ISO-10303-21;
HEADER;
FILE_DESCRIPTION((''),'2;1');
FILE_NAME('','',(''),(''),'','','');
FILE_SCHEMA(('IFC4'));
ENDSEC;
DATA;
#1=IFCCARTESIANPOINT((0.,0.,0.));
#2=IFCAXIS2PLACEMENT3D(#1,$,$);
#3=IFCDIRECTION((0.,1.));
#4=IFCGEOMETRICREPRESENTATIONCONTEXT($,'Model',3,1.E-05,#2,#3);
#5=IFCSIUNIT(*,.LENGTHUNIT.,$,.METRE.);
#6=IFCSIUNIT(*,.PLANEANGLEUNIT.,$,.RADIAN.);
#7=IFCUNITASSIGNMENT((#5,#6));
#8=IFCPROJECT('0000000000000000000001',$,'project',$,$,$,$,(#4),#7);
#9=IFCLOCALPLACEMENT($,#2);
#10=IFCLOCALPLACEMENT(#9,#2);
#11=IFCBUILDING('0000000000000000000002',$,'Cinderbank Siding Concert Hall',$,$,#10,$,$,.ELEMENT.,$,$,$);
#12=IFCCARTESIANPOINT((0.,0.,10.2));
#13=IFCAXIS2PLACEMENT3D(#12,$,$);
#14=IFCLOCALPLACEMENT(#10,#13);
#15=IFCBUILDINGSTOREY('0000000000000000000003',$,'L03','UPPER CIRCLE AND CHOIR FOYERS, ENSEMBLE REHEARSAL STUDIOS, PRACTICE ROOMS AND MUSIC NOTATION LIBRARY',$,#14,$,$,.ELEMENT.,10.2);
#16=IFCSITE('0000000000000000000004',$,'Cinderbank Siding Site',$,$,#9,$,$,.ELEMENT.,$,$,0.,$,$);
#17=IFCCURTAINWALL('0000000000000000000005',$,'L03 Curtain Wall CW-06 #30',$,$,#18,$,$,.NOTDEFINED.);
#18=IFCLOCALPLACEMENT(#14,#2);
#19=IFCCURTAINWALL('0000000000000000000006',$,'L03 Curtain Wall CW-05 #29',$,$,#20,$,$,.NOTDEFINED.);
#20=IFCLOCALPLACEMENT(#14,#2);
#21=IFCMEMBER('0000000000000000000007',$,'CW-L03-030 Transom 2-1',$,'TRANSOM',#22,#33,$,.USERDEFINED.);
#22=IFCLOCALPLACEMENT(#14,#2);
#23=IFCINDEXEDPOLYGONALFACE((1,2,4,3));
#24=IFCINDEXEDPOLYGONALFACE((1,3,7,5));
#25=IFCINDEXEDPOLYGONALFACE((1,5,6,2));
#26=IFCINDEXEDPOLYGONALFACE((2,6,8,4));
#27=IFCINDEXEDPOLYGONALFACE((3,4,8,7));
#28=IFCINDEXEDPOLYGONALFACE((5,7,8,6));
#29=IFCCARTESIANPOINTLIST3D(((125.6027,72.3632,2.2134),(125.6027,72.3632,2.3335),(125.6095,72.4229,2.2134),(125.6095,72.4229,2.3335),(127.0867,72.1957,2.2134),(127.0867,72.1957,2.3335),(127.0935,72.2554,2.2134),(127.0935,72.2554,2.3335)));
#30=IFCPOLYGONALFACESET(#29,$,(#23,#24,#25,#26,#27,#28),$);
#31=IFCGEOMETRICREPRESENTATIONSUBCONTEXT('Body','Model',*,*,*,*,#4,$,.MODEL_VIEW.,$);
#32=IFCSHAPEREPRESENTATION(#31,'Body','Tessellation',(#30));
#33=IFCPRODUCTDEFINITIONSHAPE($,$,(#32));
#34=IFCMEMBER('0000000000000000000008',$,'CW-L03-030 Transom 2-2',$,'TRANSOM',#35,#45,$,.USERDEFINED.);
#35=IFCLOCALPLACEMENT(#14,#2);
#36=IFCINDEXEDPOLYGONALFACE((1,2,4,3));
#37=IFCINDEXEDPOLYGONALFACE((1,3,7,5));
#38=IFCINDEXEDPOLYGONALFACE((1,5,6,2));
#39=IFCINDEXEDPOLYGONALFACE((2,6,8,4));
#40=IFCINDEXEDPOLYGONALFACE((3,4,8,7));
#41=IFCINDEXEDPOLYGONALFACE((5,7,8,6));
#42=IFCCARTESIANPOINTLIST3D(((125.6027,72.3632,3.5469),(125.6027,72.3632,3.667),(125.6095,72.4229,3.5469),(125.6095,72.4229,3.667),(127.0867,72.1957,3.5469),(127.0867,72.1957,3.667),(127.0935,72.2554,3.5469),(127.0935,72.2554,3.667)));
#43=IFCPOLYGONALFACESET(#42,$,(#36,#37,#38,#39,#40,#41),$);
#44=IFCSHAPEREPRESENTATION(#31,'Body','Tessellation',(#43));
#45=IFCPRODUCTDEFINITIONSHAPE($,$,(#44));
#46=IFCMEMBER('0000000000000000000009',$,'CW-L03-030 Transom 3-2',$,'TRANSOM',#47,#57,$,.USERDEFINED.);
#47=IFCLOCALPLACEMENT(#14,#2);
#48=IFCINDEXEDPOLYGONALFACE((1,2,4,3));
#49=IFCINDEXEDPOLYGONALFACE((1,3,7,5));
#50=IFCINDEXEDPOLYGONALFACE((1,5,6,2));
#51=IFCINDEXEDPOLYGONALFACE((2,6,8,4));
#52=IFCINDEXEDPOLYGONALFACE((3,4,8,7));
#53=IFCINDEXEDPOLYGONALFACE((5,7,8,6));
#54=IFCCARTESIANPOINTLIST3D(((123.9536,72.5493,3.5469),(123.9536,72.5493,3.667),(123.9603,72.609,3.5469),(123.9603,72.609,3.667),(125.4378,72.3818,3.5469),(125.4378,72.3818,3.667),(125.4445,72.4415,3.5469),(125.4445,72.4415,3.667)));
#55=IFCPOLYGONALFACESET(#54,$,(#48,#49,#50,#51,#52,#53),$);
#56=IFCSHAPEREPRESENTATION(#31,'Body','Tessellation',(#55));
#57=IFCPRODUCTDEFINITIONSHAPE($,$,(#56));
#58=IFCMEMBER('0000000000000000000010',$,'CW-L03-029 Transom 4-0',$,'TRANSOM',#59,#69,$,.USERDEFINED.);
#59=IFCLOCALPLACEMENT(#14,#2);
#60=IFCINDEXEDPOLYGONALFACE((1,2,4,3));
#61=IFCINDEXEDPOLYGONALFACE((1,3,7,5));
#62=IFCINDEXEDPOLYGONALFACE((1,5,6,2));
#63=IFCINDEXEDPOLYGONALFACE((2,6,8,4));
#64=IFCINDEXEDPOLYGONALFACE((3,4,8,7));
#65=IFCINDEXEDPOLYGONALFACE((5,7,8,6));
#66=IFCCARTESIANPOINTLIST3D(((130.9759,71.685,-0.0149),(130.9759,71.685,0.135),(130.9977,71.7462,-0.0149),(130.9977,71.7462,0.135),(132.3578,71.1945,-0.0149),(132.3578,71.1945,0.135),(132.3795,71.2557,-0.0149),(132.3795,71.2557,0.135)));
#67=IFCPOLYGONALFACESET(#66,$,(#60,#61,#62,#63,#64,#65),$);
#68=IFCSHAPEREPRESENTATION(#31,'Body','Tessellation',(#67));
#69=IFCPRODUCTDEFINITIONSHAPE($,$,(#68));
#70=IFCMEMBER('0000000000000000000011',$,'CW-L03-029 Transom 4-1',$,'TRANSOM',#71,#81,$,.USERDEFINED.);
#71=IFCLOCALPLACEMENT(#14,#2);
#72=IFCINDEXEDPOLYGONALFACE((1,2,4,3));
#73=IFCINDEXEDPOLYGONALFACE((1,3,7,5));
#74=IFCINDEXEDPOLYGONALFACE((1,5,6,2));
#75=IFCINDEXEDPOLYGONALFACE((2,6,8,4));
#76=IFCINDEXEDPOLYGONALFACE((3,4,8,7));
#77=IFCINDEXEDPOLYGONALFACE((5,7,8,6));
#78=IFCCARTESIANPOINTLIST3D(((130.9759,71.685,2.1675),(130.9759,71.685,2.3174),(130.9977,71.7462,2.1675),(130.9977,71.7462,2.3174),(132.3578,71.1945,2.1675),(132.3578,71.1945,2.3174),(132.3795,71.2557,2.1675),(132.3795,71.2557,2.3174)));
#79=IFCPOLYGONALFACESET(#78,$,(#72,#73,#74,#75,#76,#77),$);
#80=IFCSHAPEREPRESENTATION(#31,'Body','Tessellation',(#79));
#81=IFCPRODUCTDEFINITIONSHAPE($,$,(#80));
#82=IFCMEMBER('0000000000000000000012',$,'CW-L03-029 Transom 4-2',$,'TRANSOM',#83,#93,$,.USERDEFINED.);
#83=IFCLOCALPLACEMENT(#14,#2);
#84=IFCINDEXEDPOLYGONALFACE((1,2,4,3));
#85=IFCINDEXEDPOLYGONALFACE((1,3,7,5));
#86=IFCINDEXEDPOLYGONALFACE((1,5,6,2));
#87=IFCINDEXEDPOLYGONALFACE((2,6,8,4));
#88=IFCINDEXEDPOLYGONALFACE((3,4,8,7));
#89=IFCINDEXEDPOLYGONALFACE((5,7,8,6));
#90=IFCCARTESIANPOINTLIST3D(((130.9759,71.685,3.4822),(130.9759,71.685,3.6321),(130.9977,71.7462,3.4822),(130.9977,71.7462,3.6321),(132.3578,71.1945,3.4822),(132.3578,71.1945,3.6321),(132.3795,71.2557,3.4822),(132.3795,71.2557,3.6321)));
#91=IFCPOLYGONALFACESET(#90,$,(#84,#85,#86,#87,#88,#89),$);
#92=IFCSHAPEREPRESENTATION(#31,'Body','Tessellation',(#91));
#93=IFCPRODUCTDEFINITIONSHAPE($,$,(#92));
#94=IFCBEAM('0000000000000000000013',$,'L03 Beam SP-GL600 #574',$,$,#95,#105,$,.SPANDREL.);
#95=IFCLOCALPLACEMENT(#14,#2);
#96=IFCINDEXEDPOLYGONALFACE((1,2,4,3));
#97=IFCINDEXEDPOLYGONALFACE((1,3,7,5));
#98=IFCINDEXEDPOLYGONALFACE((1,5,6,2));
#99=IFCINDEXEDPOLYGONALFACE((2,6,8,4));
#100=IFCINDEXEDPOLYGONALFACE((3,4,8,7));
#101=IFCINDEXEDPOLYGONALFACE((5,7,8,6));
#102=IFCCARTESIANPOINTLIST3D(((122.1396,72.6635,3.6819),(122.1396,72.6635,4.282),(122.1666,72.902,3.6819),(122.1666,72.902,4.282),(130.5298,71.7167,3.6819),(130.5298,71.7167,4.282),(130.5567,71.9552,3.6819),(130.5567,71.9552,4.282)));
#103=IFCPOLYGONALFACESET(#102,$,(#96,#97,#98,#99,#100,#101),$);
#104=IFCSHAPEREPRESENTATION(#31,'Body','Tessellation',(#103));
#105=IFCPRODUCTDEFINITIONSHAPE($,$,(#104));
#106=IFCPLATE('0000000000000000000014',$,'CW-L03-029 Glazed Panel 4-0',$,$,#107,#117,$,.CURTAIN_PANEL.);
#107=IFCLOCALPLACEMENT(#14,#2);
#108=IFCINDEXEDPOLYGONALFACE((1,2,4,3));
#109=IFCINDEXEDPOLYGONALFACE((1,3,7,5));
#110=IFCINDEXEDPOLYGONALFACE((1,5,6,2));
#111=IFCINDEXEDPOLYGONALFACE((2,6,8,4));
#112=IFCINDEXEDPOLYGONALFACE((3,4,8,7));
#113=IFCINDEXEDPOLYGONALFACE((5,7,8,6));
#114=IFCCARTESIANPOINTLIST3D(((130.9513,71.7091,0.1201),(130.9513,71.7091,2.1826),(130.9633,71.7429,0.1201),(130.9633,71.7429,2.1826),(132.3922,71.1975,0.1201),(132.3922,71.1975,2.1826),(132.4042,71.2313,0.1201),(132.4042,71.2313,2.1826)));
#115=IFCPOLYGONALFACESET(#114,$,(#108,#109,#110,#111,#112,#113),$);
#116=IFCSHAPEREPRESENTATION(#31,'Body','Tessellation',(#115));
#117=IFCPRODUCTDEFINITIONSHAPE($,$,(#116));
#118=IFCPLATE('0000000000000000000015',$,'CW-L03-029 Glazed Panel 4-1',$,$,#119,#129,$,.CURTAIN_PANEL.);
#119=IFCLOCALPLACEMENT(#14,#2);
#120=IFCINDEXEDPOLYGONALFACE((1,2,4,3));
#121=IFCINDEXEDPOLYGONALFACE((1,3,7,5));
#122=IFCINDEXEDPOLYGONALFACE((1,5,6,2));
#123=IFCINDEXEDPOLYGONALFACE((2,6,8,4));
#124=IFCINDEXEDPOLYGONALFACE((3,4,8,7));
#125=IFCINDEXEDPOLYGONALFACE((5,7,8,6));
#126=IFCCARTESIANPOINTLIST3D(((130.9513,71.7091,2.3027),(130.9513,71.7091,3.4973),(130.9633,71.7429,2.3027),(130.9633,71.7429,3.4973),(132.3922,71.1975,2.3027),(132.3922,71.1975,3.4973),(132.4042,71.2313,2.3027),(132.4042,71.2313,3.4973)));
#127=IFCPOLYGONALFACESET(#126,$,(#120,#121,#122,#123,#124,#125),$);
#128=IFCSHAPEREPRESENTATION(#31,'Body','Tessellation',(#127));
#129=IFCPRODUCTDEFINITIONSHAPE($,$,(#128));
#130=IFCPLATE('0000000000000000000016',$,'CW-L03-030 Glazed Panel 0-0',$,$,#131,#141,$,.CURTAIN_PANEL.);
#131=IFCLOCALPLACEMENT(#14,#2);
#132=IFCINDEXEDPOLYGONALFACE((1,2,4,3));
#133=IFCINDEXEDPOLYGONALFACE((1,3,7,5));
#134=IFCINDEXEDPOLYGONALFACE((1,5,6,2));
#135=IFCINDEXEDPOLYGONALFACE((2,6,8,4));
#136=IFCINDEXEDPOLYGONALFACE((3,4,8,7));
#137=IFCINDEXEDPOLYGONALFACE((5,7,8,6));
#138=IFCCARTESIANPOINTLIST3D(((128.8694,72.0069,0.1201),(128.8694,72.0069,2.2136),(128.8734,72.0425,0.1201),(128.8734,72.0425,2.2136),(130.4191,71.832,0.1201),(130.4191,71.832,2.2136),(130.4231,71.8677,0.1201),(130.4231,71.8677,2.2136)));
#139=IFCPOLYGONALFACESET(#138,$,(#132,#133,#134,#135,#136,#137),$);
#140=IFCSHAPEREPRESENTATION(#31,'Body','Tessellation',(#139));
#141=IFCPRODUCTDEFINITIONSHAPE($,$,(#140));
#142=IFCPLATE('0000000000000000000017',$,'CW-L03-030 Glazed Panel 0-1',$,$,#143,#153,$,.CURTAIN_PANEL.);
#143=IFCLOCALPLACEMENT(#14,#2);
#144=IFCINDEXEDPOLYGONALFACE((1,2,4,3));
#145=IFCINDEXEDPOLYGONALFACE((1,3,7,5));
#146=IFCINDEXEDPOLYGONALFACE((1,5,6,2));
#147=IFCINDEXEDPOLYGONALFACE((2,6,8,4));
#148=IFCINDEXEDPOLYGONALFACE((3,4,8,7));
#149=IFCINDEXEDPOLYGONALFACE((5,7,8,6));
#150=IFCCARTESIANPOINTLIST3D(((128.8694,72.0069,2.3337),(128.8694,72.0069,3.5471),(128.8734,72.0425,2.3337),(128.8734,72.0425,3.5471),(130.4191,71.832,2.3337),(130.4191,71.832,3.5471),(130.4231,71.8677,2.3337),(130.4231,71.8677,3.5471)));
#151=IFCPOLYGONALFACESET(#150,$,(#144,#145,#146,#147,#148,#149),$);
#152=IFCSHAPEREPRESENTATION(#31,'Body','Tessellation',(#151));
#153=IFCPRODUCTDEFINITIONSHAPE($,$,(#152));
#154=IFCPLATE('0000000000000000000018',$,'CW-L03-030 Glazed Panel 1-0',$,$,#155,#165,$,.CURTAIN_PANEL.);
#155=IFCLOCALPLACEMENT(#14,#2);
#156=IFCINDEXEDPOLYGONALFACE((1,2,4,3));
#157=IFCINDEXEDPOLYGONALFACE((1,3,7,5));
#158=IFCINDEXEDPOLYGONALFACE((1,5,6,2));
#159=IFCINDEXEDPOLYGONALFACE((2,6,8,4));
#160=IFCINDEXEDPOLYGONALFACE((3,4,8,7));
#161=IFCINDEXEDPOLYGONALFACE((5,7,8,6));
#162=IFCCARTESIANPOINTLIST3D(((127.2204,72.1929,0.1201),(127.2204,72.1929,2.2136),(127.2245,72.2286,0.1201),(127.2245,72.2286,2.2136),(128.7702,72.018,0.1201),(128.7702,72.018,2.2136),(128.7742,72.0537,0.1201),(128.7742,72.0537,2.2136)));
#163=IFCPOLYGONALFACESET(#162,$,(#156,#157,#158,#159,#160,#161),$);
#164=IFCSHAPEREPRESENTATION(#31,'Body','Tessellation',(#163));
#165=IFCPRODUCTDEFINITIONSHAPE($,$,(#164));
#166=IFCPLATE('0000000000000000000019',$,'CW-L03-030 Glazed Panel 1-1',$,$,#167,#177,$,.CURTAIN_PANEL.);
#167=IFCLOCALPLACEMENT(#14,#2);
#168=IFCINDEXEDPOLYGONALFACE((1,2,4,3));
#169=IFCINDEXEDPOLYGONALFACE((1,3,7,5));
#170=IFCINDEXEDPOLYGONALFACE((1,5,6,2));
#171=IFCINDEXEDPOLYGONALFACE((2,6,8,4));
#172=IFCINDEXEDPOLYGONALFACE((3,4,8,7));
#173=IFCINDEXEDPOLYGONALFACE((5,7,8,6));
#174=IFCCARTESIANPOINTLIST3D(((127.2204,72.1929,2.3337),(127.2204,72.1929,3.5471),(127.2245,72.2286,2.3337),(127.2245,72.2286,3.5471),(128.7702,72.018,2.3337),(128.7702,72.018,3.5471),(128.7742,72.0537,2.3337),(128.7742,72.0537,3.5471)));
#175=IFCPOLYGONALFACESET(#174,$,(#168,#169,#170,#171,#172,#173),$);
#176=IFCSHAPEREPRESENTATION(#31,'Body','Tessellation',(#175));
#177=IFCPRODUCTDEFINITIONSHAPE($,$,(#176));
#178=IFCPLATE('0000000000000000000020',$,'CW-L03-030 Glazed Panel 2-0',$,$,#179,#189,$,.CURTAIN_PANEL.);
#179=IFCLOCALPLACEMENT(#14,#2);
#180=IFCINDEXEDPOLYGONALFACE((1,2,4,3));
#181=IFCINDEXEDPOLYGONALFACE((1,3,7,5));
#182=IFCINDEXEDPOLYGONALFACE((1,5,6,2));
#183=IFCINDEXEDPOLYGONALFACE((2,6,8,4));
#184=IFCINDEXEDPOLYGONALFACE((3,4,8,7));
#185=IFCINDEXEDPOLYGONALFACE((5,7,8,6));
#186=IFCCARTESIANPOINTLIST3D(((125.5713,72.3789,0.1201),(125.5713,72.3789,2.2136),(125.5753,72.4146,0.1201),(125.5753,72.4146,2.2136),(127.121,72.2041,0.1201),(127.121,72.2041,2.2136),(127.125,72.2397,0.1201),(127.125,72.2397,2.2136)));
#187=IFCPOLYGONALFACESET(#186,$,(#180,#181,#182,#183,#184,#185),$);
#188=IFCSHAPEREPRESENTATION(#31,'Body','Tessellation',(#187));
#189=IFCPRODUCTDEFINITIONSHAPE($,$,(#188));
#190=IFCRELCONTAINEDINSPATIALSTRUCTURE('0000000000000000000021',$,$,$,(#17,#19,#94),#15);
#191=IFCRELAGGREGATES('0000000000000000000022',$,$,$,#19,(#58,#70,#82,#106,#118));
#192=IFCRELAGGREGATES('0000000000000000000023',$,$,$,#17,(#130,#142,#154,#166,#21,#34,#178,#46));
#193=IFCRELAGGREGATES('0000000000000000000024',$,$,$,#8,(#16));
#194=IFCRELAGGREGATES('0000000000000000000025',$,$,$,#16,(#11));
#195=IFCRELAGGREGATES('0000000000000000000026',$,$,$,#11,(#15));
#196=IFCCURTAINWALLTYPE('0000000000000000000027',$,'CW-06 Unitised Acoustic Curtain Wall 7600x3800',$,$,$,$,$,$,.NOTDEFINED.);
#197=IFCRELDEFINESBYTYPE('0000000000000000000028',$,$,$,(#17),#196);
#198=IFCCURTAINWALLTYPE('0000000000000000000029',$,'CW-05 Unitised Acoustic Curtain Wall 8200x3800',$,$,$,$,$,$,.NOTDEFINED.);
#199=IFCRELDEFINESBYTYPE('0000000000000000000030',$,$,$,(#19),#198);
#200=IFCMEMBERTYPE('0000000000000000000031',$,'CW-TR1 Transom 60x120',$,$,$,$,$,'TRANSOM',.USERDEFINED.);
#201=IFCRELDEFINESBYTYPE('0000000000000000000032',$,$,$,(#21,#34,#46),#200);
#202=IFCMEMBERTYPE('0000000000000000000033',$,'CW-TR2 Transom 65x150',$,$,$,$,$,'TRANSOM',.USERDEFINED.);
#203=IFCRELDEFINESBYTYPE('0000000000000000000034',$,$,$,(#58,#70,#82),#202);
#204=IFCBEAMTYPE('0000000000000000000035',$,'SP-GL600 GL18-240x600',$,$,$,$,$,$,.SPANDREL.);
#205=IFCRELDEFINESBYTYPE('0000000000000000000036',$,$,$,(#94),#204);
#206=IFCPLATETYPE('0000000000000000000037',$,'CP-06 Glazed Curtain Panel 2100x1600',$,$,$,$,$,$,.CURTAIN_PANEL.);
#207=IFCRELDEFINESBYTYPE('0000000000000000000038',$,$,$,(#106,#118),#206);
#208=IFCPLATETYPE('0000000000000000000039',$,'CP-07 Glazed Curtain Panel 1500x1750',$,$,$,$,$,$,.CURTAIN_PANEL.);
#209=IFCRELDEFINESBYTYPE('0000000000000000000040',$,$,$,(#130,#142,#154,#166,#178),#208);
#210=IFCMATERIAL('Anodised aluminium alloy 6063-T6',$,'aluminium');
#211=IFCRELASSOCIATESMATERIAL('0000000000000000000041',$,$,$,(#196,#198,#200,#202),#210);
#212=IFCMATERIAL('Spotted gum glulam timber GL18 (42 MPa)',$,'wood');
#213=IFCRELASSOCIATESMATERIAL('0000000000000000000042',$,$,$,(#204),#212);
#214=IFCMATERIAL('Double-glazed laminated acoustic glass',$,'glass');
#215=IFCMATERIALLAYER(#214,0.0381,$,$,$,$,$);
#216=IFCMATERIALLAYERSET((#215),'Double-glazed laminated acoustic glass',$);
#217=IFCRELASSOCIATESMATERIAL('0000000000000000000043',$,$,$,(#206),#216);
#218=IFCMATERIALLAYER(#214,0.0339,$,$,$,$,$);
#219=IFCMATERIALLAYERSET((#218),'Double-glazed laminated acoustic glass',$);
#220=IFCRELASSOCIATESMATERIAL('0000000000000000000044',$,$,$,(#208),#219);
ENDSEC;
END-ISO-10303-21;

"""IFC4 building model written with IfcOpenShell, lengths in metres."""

from ifc_helpers import new_model, si_unit, direction, frame, origin, origin_2d, place, context, subcontext, project, spatial, rectangle, extrude, material, layer, layer_set, material_profile, profile_set, type_object, element, aggregate, save


model = new_model("IFC4")

# Units and contexts
model_context = context("Model", 3, precision=1e-05, world=origin(), true_north=direction((0.0, 1.0)))
body_context = subcontext(model_context, "Body", "Model", "MODEL_VIEW")
ifc_project = project(units=[si_unit("LENGTHUNIT", "METRE"), si_unit("PLANEANGLEUNIT", "RADIAN")], contexts=[model_context])

# Site, building, storey
site_placement = place(None, origin())
site = spatial("IfcSite", under=ifc_project, at=site_placement, Name="Cinderbank Siding Site", CompositionType="ELEMENT", RefElevation=0.0)
building_placement = place(site_placement, origin())
building = spatial("IfcBuilding", under=site, at=building_placement, Name="Cinderbank Siding Concert Hall", CompositionType="ELEMENT")
storey_placement = place(building_placement, frame((0.0, 0.0, 10.2)))
storey = spatial("IfcBuildingStorey", under=building, at=storey_placement, Name="L03", Description="UPPER CIRCLE AND CHOIR FOYERS, ENSEMBLE REHEARSAL STUDIOS, PRACTICE ROOMS AND MUSIC NOTATION LIBRARY", CompositionType="ELEMENT", Elevation=10.2)

# Curtain wall
ifc_material_1 = material(Name="Anodised aluminium alloy 6063-T6", Category="aluminium")
curtain_wall_type_1 = type_object("IfcCurtainWallType", Name="CW-06 Unitised Acoustic Curtain Wall 7600x3800", PredefinedType="NOTDEFINED", material=ifc_material_1)
curtain_wall_1_placement = place(storey_placement, origin())
curtain_wall_1 = element("IfcCurtainWall", 1, at=curtain_wall_1_placement, inside=storey, type_object=curtain_wall_type_1, Name="L03 Curtain Wall CW-06 #30", PredefinedType="NOTDEFINED")

# Curtain wall
curtain_wall_type_2 = type_object("IfcCurtainWallType", Name="CW-05 Unitised Acoustic Curtain Wall 8200x3800", PredefinedType="NOTDEFINED", material=ifc_material_1)
curtain_wall_2_placement = place(storey_placement, origin())
curtain_wall_2 = element("IfcCurtainWall", 2, at=curtain_wall_2_placement, inside=storey, type_object=curtain_wall_type_2, Name="L03 Curtain Wall CW-05 #29", PredefinedType="NOTDEFINED")

# Members
ifc_material_profile_1 = material_profile(ifc_material_1, rectangle(XDim=0.0601, YDim=0.1201, at=origin_2d()), Name="ALU-TRAN-60x120", Category="LoadBearing")
ifc_profile_set_1 = profile_set([ifc_material_profile_1], Name="Anodised aluminium alloy 6063-T6")
member_type_1 = type_object("IfcMemberType", Name="CW-TR1 Transom 60x120", ElementType="TRANSOM", PredefinedType="USERDEFINED", material=ifc_profile_set_1)
member_1_placement = place(storey_placement, frame((127.0901, 72.2256, 2.2734), z_axis=(-0.993691, 0.112154, 0.0), x_axis=(-0.112154, -0.993691, 0.0)))
member_1 = element("IfcMember", 3, at=member_1_placement, type_object=member_type_1, Name="CW-L03-030 Transom 2-1", ObjectType="TRANSOM", PredefinedType="USERDEFINED", context=body_context, shape_type="SweptSolid", body=[
    extrude(rectangle(XDim=0.0601, YDim=0.1201, at=origin_2d()), origin(), (0.0, 0.0, 1.0), 1.4934),
])
member_2_placement = place(storey_placement, frame((127.0901, 72.2256, 3.6069), z_axis=(-0.993691, 0.112154, 0.0), x_axis=(-0.112154, -0.993691, 0.0)))
member_2 = element("IfcMember", 4, at=member_2_placement, type_object=member_type_1, Name="CW-L03-030 Transom 2-2", ObjectType="TRANSOM", PredefinedType="USERDEFINED", context=body_context, shape_type="SweptSolid", body=[
    extrude(rectangle(XDim=0.0601, YDim=0.1201, at=origin_2d()), origin(), (0.0, 0.0, 1.0), 1.4934),
])
member_3_placement = place(storey_placement, frame((125.4412, 72.4116, 3.6069), z_axis=(-0.993693, 0.112136, 0.0), x_axis=(-0.112136, -0.993693, 0.0)))
member_3 = element("IfcMember", 5, at=member_3_placement, type_object=member_type_1, Name="CW-L03-030 Transom 3-2", ObjectType="TRANSOM", PredefinedType="USERDEFINED", context=body_context, shape_type="SweptSolid", body=[
    extrude(rectangle(XDim=0.0601, YDim=0.1201, at=origin_2d()), origin(), (0.0, 0.0, 1.0), 1.4937),
])
ifc_material_profile_2 = material_profile(ifc_material_1, rectangle(XDim=0.0649, YDim=0.1499, at=origin_2d()), Name="ALU-TRAN-65x150", Category="LoadBearing")
ifc_profile_set_2 = profile_set([ifc_material_profile_2], Name="Anodised aluminium alloy 6063-T6")
member_type_2 = type_object("IfcMemberType", Name="CW-TR2 Transom 65x150", ElementType="TRANSOM", PredefinedType="USERDEFINED", material=ifc_profile_set_2)
member_4_placement = place(storey_placement, frame((132.3687, 71.2251, 0.0601), z_axis=(-0.942396, 0.3345, 0.0), x_axis=(-0.3345, -0.942396, 0.0)))
member_4 = element("IfcMember", 6, at=member_4_placement, type_object=member_type_2, Name="CW-L03-029 Transom 4-0", ObjectType="TRANSOM", PredefinedType="USERDEFINED", context=body_context, shape_type="SweptSolid", body=[
    extrude(rectangle(XDim=0.0649, YDim=0.1499, at=origin_2d()), origin(), (0.0, 0.0, 1.0), 1.4663),
])
member_5_placement = place(storey_placement, frame((132.3687, 71.2251, 2.2424), z_axis=(-0.942396, 0.3345, 0.0), x_axis=(-0.3345, -0.942396, 0.0)))
member_5 = element("IfcMember", 7, at=member_5_placement, type_object=member_type_2, Name="CW-L03-029 Transom 4-1", ObjectType="TRANSOM", PredefinedType="USERDEFINED", context=body_context, shape_type="SweptSolid", body=[
    extrude(rectangle(XDim=0.0649, YDim=0.1499, at=origin_2d()), origin(), (0.0, 0.0, 1.0), 1.4663),
])
member_6_placement = place(storey_placement, frame((132.3687, 71.2251, 3.5571), z_axis=(-0.942396, 0.3345, 0.0), x_axis=(-0.3345, -0.942396, 0.0)))
member_6 = element("IfcMember", 8, at=member_6_placement, type_object=member_type_2, Name="CW-L03-029 Transom 4-2", ObjectType="TRANSOM", PredefinedType="USERDEFINED", context=body_context, shape_type="SweptSolid", body=[
    extrude(rectangle(XDim=0.0649, YDim=0.1499, at=origin_2d()), origin(), (0.0, 0.0, 1.0), 1.4663),
])

# Beam
ifc_material_2 = material(Name="Spotted gum glulam timber GL18 (42 MPa)", Category="wood")
ifc_material_profile_3 = material_profile(ifc_material_2, rectangle(XDim=0.24, YDim=0.6001, at=origin_2d()), Name="GL18-240x600", Category="LoadBearing")
ifc_profile_set_3 = profile_set([ifc_material_profile_3], Name="Spotted gum glulam timber GL18 (42 MPa)")
beam_type_1 = type_object("IfcBeamType", Name="SP-GL600 GL18-240x600", PredefinedType="SPANDREL", material=ifc_profile_set_3)
beam_1_placement = place(storey_placement, frame((130.5432, 71.8359, 3.9819), z_axis=(-0.993693, 0.112132, 0.0), x_axis=(-0.112132, -0.993693, 0.0)))
element("IfcBeam", 9, at=beam_1_placement, inside=storey, type_object=beam_type_1, Name="L03 Beam SP-GL600 #574", PredefinedType="SPANDREL", context=body_context, shape_type="SweptSolid", body=[
    extrude(rectangle(XDim=0.24, YDim=0.6001, at=origin_2d()), origin(), (0.0, 0.0, 1.0), 8.4434),
])

# Plates
ifc_material_3 = material(Name="Double-glazed laminated acoustic glass", Category="glass")
ifc_layer_1 = layer(ifc_material_3, 0.0381)
ifc_layer_set_1 = layer_set([ifc_layer_1], Name="Double-glazed laminated acoustic glass")
plate_type_1 = type_object("IfcPlateType", Name="CP-06 Glazed Curtain Panel 2100x1600", PredefinedType="CURTAIN_PANEL", material=ifc_layer_set_1)
plate_1_placement = place(storey_placement, frame((131.6777, 71.4702, 0.1201), z_axis=(0.0, 0.0, 1.0), x_axis=(-0.942366, 0.334585, 0.0)))
plate_1 = element("IfcPlate", 10, at=plate_1_placement, type_object=plate_type_1, Name="CW-L03-029 Glazed Panel 4-0", PredefinedType="CURTAIN_PANEL", context=body_context, shape_type="SweptSolid", body=[
    extrude(rectangle(XDim=1.5291, YDim=0.0359, at=origin_2d()), origin(), (0.0, 0.0, 1.0), 2.0625),
])
plate_2_placement = place(storey_placement, frame((131.6777, 71.4702, 2.3027), z_axis=(0.0, 0.0, 1.0), x_axis=(-0.942366, 0.334585, 0.0)))
plate_2 = element("IfcPlate", 11, at=plate_2_placement, type_object=plate_type_1, Name="CW-L03-029 Glazed Panel 4-1", PredefinedType="CURTAIN_PANEL", context=body_context, shape_type="SweptSolid", body=[
    extrude(rectangle(XDim=1.5291, YDim=0.0359, at=origin_2d()), origin(), (0.0, 0.0, 1.0), 1.1946),
])
aggregate(curtain_wall_2, [member_4, member_5, member_6, plate_1, plate_2])
ifc_layer_2 = layer(ifc_material_3, 0.0339)
ifc_layer_set_2 = layer_set([ifc_layer_2], Name="Double-glazed laminated acoustic glass")
plate_type_2 = type_object("IfcPlateType", Name="CP-07 Glazed Curtain Panel 1500x1750", PredefinedType="CURTAIN_PANEL", material=ifc_layer_set_2)
plate_3_placement = place(storey_placement, frame((129.6462, 71.9373, 0.1201), z_axis=(0.0, 0.0, 1.0), x_axis=(-0.993694, 0.112129, 0.0)))
plate_3 = element("IfcPlate", 12, at=plate_3_placement, type_object=plate_type_2, Name="CW-L03-030 Glazed Panel 0-0", PredefinedType="CURTAIN_PANEL", context=body_context, shape_type="SweptSolid", body=[
    extrude(rectangle(XDim=1.5596, YDim=0.0359, at=origin_2d()), origin(), (0.0, 0.0, 1.0), 2.0935),
])
plate_4_placement = place(storey_placement, frame((129.6462, 71.9373, 2.3337), z_axis=(0.0, 0.0, 1.0), x_axis=(-0.993694, 0.112129, 0.0)))
plate_4 = element("IfcPlate", 13, at=plate_4_placement, type_object=plate_type_2, Name="CW-L03-030 Glazed Panel 0-1", PredefinedType="CURTAIN_PANEL", context=body_context, shape_type="SweptSolid", body=[
    extrude(rectangle(XDim=1.5596, YDim=0.0359, at=origin_2d()), origin(), (0.0, 0.0, 1.0), 1.2134),
])
plate_5_placement = place(storey_placement, frame((127.9973, 72.1233, 0.1201), z_axis=(0.0, 0.0, 1.0), x_axis=(-0.993694, 0.112129, 0.0)))
plate_5 = element("IfcPlate", 14, at=plate_5_placement, type_object=plate_type_2, Name="CW-L03-030 Glazed Panel 1-0", PredefinedType="CURTAIN_PANEL", context=body_context, shape_type="SweptSolid", body=[
    extrude(rectangle(XDim=1.5596, YDim=0.0359, at=origin_2d()), origin(), (0.0, 0.0, 1.0), 2.0935),
])
plate_6_placement = place(storey_placement, frame((127.9973, 72.1233, 2.3337), z_axis=(0.0, 0.0, 1.0), x_axis=(-0.993694, 0.112129, 0.0)))
plate_6 = element("IfcPlate", 15, at=plate_6_placement, type_object=plate_type_2, Name="CW-L03-030 Glazed Panel 1-1", PredefinedType="CURTAIN_PANEL", context=body_context, shape_type="SweptSolid", body=[
    extrude(rectangle(XDim=1.5596, YDim=0.0359, at=origin_2d()), origin(), (0.0, 0.0, 1.0), 1.2134),
])
plate_7_placement = place(storey_placement, frame((126.3481, 72.3093, 0.1201), z_axis=(0.0, 0.0, 1.0), x_axis=(-0.993694, 0.112129, 0.0)))
plate_7 = element("IfcPlate", 16, at=plate_7_placement, type_object=plate_type_2, Name="CW-L03-030 Glazed Panel 2-0", PredefinedType="CURTAIN_PANEL", context=body_context, shape_type="SweptSolid", body=[
    extrude(rectangle(XDim=1.5596, YDim=0.0359, at=origin_2d()), origin(), (0.0, 0.0, 1.0), 2.0935),
])
aggregate(curtain_wall_1, [plate_3, plate_4, plate_5, plate_6, member_1, member_2, plate_7, member_3])

save(model, "model.ifc")
